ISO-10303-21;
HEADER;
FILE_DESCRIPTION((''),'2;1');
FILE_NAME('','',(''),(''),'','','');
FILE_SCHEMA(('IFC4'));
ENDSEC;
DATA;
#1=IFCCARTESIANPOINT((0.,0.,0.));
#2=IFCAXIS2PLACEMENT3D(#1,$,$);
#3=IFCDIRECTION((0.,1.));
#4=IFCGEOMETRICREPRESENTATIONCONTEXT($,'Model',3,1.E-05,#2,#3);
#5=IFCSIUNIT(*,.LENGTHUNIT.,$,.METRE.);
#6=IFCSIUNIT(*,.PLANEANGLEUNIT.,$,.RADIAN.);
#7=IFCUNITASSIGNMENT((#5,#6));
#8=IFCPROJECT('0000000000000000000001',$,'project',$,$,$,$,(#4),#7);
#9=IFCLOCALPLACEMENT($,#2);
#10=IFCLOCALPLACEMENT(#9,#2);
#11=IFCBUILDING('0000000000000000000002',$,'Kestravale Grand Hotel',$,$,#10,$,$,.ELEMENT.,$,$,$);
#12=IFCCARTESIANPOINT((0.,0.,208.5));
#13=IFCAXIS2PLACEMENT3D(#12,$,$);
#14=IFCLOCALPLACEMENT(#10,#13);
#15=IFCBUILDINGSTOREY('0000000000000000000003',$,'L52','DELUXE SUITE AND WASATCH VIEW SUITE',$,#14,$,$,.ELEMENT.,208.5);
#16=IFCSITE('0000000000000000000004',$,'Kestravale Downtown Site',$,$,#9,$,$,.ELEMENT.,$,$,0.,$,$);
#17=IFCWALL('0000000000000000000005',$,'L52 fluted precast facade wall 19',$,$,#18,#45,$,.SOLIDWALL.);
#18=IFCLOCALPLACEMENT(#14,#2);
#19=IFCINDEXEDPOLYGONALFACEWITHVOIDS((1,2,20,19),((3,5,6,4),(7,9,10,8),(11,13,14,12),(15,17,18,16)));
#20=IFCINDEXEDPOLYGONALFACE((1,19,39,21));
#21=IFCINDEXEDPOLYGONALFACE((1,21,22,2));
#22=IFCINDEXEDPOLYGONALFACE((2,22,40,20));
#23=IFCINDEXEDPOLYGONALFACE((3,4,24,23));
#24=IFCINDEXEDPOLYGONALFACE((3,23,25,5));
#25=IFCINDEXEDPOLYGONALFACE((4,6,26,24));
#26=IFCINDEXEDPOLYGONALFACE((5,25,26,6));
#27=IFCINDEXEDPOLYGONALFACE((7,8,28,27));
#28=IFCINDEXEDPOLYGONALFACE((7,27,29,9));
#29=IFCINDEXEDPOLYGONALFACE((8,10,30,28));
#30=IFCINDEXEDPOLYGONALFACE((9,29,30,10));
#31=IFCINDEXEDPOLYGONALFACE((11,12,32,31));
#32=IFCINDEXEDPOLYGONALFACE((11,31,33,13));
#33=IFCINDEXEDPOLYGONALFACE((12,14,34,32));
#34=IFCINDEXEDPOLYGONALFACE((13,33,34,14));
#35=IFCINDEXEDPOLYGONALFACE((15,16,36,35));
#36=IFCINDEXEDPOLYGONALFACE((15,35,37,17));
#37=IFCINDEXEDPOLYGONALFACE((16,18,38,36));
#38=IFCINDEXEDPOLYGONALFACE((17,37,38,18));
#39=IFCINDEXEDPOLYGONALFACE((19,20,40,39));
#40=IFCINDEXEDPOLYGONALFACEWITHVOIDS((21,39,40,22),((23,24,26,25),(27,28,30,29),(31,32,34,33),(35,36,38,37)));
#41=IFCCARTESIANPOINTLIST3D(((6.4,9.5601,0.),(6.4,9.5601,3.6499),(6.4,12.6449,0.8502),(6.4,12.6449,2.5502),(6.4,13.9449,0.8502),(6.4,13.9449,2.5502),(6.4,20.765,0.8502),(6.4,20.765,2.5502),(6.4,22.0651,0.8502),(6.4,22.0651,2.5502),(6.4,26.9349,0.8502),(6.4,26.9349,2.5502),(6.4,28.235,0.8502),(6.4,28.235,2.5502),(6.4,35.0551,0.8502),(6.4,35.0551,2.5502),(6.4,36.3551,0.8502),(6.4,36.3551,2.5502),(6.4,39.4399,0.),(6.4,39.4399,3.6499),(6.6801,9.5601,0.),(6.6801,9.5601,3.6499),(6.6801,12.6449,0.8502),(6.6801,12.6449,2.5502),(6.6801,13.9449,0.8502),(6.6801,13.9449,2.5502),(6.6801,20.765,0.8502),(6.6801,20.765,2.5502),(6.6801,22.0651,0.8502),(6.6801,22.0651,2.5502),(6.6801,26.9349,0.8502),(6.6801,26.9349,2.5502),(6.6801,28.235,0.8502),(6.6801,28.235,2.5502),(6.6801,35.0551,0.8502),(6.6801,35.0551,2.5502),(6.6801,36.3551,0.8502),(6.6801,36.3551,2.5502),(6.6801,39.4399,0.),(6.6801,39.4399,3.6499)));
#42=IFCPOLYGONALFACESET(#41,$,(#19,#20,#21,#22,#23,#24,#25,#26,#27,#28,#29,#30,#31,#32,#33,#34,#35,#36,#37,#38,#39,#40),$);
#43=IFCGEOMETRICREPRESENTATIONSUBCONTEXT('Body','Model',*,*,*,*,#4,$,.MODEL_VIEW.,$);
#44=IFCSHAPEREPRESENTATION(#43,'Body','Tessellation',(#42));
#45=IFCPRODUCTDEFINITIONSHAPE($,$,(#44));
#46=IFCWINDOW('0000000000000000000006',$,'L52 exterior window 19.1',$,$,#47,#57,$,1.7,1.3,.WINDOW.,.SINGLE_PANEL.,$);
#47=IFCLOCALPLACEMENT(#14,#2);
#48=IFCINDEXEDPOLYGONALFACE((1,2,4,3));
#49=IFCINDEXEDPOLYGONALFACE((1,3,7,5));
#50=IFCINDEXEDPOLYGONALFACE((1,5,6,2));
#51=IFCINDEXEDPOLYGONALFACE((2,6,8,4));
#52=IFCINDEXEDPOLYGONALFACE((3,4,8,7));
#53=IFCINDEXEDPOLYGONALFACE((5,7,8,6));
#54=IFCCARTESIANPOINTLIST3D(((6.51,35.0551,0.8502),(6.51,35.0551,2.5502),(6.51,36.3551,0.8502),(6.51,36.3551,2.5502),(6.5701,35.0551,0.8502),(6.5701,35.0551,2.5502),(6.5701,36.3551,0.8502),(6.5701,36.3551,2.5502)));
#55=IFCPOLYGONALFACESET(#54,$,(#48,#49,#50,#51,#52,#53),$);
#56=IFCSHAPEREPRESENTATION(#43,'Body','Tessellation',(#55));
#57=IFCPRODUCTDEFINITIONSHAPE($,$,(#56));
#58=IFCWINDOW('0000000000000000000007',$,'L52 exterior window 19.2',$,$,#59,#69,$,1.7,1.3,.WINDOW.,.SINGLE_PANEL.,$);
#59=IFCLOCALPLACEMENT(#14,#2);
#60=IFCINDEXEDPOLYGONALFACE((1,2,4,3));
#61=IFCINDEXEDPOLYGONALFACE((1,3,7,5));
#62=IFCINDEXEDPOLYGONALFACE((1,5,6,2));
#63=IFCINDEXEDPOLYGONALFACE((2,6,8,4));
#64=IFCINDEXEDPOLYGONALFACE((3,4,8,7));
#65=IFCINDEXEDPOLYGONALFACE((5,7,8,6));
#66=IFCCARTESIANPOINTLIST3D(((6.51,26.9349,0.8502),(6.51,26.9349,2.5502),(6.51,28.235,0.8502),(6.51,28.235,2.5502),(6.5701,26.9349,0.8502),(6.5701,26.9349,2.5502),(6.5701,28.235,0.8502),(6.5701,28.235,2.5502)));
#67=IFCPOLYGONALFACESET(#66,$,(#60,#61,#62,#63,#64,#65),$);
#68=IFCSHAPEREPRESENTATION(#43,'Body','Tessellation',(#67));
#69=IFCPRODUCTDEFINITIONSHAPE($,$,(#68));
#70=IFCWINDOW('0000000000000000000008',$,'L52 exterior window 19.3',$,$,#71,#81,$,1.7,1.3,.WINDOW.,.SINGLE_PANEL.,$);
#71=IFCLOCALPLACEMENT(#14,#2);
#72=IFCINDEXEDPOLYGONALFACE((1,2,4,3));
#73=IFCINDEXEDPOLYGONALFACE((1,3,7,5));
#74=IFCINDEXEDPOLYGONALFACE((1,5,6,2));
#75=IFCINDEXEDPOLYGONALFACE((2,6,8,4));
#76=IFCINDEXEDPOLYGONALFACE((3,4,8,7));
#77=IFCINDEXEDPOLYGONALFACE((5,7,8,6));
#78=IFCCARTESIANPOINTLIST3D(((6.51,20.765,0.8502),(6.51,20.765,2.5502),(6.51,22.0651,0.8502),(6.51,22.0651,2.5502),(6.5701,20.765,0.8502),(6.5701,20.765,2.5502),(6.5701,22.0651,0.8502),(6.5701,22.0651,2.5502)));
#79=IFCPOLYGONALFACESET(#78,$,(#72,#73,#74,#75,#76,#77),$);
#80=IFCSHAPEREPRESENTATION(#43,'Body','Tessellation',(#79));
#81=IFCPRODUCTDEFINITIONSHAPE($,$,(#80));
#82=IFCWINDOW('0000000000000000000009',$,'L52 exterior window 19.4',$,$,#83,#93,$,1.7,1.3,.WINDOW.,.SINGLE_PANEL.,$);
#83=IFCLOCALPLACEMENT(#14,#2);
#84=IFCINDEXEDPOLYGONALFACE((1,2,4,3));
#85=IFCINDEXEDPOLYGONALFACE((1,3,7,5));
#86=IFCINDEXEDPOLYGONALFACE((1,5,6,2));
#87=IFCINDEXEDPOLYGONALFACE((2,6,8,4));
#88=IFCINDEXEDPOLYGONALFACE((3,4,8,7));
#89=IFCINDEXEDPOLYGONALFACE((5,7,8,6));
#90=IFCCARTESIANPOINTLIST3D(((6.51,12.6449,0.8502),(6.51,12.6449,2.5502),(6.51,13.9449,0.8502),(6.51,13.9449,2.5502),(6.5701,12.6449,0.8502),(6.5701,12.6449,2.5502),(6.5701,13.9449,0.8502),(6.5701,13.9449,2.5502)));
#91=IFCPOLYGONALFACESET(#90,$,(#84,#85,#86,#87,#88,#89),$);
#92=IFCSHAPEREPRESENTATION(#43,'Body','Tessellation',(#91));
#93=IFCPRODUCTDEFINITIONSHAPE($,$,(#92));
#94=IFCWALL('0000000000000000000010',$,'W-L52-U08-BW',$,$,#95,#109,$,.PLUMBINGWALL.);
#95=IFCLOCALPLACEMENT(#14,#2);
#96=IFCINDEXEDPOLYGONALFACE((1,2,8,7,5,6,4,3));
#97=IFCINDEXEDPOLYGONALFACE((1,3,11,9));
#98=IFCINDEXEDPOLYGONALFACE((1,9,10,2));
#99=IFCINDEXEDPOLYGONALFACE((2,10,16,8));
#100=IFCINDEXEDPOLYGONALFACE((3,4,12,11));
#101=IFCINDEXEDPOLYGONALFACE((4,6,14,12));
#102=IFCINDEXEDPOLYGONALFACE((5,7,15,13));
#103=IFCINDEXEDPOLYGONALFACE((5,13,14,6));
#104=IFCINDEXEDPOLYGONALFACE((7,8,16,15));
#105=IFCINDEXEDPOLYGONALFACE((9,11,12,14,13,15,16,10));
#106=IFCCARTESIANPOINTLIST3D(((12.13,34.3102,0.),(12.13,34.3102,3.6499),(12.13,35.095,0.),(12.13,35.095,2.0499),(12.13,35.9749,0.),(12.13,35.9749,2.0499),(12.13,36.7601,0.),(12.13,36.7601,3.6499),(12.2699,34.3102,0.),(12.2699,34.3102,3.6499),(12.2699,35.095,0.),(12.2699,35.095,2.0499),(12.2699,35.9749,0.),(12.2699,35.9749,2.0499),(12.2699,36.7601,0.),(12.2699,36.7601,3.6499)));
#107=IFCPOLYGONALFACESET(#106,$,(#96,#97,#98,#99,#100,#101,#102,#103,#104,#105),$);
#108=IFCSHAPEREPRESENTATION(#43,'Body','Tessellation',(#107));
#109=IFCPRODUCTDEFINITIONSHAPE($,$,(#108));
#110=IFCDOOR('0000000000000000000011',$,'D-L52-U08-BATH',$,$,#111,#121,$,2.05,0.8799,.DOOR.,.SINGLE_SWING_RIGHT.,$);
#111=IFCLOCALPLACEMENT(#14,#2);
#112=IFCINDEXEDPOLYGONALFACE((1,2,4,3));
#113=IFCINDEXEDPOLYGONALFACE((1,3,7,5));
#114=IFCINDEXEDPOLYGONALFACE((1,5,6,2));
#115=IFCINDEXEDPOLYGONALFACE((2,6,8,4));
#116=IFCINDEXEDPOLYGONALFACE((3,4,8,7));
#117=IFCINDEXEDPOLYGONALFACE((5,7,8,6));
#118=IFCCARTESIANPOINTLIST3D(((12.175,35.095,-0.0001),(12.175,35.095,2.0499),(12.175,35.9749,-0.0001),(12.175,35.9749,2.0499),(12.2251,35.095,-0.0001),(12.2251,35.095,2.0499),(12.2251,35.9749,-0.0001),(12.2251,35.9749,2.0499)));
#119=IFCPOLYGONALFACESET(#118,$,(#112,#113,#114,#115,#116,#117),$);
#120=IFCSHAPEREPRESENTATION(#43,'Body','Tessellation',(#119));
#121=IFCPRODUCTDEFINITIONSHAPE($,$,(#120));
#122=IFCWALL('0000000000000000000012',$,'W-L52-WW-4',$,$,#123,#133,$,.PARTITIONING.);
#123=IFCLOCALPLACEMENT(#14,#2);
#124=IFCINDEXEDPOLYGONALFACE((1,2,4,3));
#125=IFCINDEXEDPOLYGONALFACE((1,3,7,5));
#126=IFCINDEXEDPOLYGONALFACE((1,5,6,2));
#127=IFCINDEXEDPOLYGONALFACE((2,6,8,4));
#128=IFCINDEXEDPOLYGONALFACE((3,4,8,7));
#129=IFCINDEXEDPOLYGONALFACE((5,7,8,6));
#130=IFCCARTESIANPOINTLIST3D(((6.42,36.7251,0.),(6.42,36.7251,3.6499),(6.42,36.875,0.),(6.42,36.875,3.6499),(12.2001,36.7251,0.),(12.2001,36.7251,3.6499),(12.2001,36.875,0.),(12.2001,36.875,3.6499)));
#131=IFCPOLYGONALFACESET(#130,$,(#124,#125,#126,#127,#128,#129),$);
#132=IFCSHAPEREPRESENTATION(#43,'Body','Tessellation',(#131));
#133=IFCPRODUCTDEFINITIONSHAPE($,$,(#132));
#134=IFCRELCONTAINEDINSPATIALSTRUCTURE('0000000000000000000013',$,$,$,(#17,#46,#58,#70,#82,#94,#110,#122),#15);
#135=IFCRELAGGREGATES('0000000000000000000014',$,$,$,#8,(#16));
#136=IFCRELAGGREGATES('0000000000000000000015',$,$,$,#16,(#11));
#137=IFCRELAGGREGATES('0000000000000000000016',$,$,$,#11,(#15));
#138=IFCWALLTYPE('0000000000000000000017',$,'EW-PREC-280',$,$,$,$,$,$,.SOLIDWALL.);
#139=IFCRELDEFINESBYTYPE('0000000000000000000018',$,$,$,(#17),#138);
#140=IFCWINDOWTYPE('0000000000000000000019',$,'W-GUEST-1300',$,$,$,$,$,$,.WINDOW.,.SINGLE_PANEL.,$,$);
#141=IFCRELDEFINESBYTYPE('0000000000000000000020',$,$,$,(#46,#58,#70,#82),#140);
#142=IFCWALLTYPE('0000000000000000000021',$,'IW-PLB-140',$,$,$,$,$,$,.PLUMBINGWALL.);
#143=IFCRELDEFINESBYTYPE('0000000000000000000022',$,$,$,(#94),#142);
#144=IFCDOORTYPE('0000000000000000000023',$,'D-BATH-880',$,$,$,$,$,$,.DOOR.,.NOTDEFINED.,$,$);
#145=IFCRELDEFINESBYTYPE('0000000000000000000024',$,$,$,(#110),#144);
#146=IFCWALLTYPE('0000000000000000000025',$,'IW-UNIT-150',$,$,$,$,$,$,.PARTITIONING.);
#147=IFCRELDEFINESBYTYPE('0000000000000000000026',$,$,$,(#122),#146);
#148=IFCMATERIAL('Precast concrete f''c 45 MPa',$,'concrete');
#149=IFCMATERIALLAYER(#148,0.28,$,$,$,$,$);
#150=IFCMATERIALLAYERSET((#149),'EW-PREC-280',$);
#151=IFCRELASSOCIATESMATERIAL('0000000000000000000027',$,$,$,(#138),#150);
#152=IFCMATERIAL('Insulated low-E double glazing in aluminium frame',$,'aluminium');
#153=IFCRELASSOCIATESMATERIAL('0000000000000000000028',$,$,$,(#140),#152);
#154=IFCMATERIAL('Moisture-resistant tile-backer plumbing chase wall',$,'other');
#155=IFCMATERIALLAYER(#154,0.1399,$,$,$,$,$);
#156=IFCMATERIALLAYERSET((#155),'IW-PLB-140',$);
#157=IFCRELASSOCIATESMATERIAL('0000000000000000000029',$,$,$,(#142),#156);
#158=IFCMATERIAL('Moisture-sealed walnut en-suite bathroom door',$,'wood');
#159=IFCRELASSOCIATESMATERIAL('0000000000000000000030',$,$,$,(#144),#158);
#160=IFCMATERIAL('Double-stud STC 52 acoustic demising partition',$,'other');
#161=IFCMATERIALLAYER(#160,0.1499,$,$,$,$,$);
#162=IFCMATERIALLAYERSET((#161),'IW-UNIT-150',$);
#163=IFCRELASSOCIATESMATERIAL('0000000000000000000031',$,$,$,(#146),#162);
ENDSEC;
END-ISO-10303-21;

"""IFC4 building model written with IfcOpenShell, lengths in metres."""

from ifc_helpers import new_model, si_unit, direction, frame, frame_2d, origin, place, context, subcontext, project, spatial, rectangle, extrude, material, layer, layer_set, type_object, element, fill, save


model = new_model("IFC4")

# Units and contexts
model_context = context("Model", 3, precision=1e-05, world=origin(), true_north=direction((0.0, 1.0)))
body_context = subcontext(model_context, "Body", "Model", "MODEL_VIEW")
ifc_project = project(units=[si_unit("LENGTHUNIT", "METRE"), si_unit("PLANEANGLEUNIT", "RADIAN")], contexts=[model_context])

# Site, building, storey
site_placement = place(None, origin())
site = spatial("IfcSite", under=ifc_project, at=site_placement, Name="Kestravale Downtown Site", CompositionType="ELEMENT", RefElevation=0.0)
building_placement = place(site_placement, origin())
building = spatial("IfcBuilding", under=site, at=building_placement, Name="Kestravale Grand Hotel", CompositionType="ELEMENT")
storey_placement = place(building_placement, frame((0.0, 0.0, 208.5)))
storey = spatial("IfcBuildingStorey", under=building, at=storey_placement, Name="L52", Description="DELUXE SUITE AND WASATCH VIEW SUITE", CompositionType="ELEMENT", Elevation=208.5)

# Wall, openings, windows
ifc_material_1 = material(Name="Precast concrete f'c 45 MPa", Category="concrete")
ifc_layer_1 = layer(ifc_material_1, 0.28)
ifc_layer_set_1 = layer_set([ifc_layer_1], Name="EW-PREC-280")
wall_type_1 = type_object("IfcWallType", Name="EW-PREC-280", PredefinedType="SOLIDWALL", material=ifc_layer_set_1)
wall_1_placement = place(storey_placement, frame((6.54, 39.4399, 0.0), z_axis=(0.0, 0.0, 1.0), x_axis=(0.0, -1.0, 0.0)))
wall_1 = element("IfcWall", 1, at=wall_1_placement, inside=storey, type_object=wall_type_1, Name="L52 fluted precast facade wall 19", PredefinedType="SOLIDWALL", context=body_context, shape_type="SweptSolid", body=[
    extrude(rectangle(XDim=29.8799, YDim=0.28, at=frame_2d((14.9399, 0.0))), origin(), (0.0, 0.0, 1.0), 3.6499),
])
opening_1_placement = place(wall_1_placement, frame((3.085, 0.0, 0.8501)))
opening_1 = element("IfcOpeningElement", 2, at=opening_1_placement, cuts=wall_1, PredefinedType="OPENING", context=body_context, shape_type="SweptSolid", body=[
    extrude(rectangle(XDim=1.3, YDim=1.7, at=frame_2d((0.6499, 0.8501))), frame((0.0, 0.1499, 0.0), z_axis=(0.0, -1.0, 0.0), x_axis=(1.0, 0.0, 0.0)), (0.0, 0.0, 1.0), 0.3),
])
opening_2_placement = place(wall_1_placement, frame((11.2051, 0.0, 0.8501)))
opening_2 = element("IfcOpeningElement", 3, at=opening_2_placement, cuts=wall_1, PredefinedType="OPENING", context=body_context, shape_type="SweptSolid", body=[
    extrude(rectangle(XDim=1.3, YDim=1.7, at=frame_2d((0.6499, 0.8501))), frame((0.0, 0.1499, 0.0), z_axis=(0.0, -1.0, 0.0), x_axis=(1.0, 0.0, 0.0)), (0.0, 0.0, 1.0), 0.3),
])
opening_3_placement = place(wall_1_placement, frame((17.375, 0.0, 0.8501)))
opening_3 = element("IfcOpeningElement", 4, at=opening_3_placement, cuts=wall_1, PredefinedType="OPENING", context=body_context, shape_type="SweptSolid", body=[
    extrude(rectangle(XDim=1.3, YDim=1.7, at=frame_2d((0.6499, 0.8501))), frame((0.0, 0.1499, 0.0), z_axis=(0.0, -1.0, 0.0), x_axis=(1.0, 0.0, 0.0)), (0.0, 0.0, 1.0), 0.3),
])
opening_4_placement = place(wall_1_placement, frame((25.4951, 0.0, 0.8501)))
opening_4 = element("IfcOpeningElement", 5, at=opening_4_placement, cuts=wall_1, PredefinedType="OPENING", context=body_context, shape_type="SweptSolid", body=[
    extrude(rectangle(XDim=1.3, YDim=1.7, at=frame_2d((0.6499, 0.8501))), frame((0.0, 0.1499, 0.0), z_axis=(0.0, -1.0, 0.0), x_axis=(1.0, 0.0, 0.0)), (0.0, 0.0, 1.0), 0.3),
])
ifc_material_2 = material(Name="Insulated low-E double glazing in aluminium frame", Category="aluminium")
window_type = type_object("IfcWindowType", Name="W-GUEST-1300", PartitioningType="SINGLE_PANEL", PredefinedType="WINDOW", material=ifc_material_2)
window_1_placement = place(opening_1_placement, origin())
window_1 = element("IfcWindow", 6, at=window_1_placement, inside=storey, type_object=window_type, Name="L52 exterior window 19.1", OverallHeight=1.7, OverallWidth=1.3, PartitioningType="SINGLE_PANEL", PredefinedType="WINDOW", context=body_context, shape_type="SweptSolid", body=[
    extrude(rectangle(XDim=1.3, YDim=1.7, at=frame_2d((0.6499, 0.8501))), frame((0.0, 0.03, 0.0), z_axis=(0.0, -1.0, 0.0), x_axis=(1.0, 0.0, 0.0)), (0.0, 0.0, 1.0), 0.0601),
])
fill(opening_1, window_1)
window_2_placement = place(opening_2_placement, origin())
window_2 = element("IfcWindow", 7, at=window_2_placement, inside=storey, type_object=window_type, Name="L52 exterior window 19.2", OverallHeight=1.7, OverallWidth=1.3, PartitioningType="SINGLE_PANEL", PredefinedType="WINDOW", context=body_context, shape_type="SweptSolid", body=[
    extrude(rectangle(XDim=1.3, YDim=1.7, at=frame_2d((0.6499, 0.8501))), frame((0.0, 0.03, 0.0), z_axis=(0.0, -1.0, 0.0), x_axis=(1.0, 0.0, 0.0)), (0.0, 0.0, 1.0), 0.0601),
])
fill(opening_2, window_2)
window_3_placement = place(opening_3_placement, origin())
window_3 = element("IfcWindow", 8, at=window_3_placement, inside=storey, type_object=window_type, Name="L52 exterior window 19.3", OverallHeight=1.7, OverallWidth=1.3, PartitioningType="SINGLE_PANEL", PredefinedType="WINDOW", context=body_context, shape_type="SweptSolid", body=[
    extrude(rectangle(XDim=1.3, YDim=1.7, at=frame_2d((0.6499, 0.8501))), frame((0.0, 0.03, 0.0), z_axis=(0.0, -1.0, 0.0), x_axis=(1.0, 0.0, 0.0)), (0.0, 0.0, 1.0), 0.0601),
])
fill(opening_3, window_3)
window_4_placement = place(opening_4_placement, origin())
window_4 = element("IfcWindow", 9, at=window_4_placement, inside=storey, type_object=window_type, Name="L52 exterior window 19.4", OverallHeight=1.7, OverallWidth=1.3, PartitioningType="SINGLE_PANEL", PredefinedType="WINDOW", context=body_context, shape_type="SweptSolid", body=[
    extrude(rectangle(XDim=1.3, YDim=1.7, at=frame_2d((0.6499, 0.8501))), frame((0.0, 0.03, 0.0), z_axis=(0.0, -1.0, 0.0), x_axis=(1.0, 0.0, 0.0)), (0.0, 0.0, 1.0), 0.0601),
])
fill(opening_4, window_4)

# Wall, opening, door
ifc_material_3 = material(Name="Moisture-resistant tile-backer plumbing chase wall", Category="other")
ifc_layer_2 = layer(ifc_material_3, 0.1399)
ifc_layer_set_2 = layer_set([ifc_layer_2], Name="IW-PLB-140")
wall_type_2 = type_object("IfcWallType", Name="IW-PLB-140", PredefinedType="PLUMBINGWALL", material=ifc_layer_set_2)
wall_2_placement = place(storey_placement, frame((12.2, 34.3101, 0.0), z_axis=(0.0, 0.0, 1.0), x_axis=(0.0, 1.0, 0.0)))
wall_2 = element("IfcWall", 10, at=wall_2_placement, inside=storey, type_object=wall_type_2, Name="W-L52-U08-BW", PredefinedType="PLUMBINGWALL", context=body_context, shape_type="SweptSolid", body=[
    extrude(rectangle(XDim=2.45, YDim=0.1399, at=frame_2d((1.2251, 0.0))), origin(), (0.0, 0.0, 1.0), 3.6499),
])
opening_5_placement = place(wall_2_placement, frame((0.7849, 0.0, 0.0)))
opening_5 = element("IfcOpeningElement", 11, at=opening_5_placement, cuts=wall_2, PredefinedType="OPENING", context=body_context, shape_type="SweptSolid", body=[
    extrude(rectangle(XDim=0.8799, YDim=2.05, at=frame_2d((0.4399, 1.0249))), frame((0.0, 0.0798, 0.0), z_axis=(0.0, -1.0, 0.0), x_axis=(1.0, 0.0, 0.0)), (0.0, 0.0, 1.0), 0.1599),
])
ifc_material_4 = material(Name="Moisture-sealed walnut en-suite bathroom door", Category="wood")
door_type = type_object("IfcDoorType", Name="D-BATH-880", OperationType="NOTDEFINED", PredefinedType="DOOR", material=ifc_material_4)
door_placement = place(opening_5_placement, origin())
door = element("IfcDoor", 12, at=door_placement, inside=storey, type_object=door_type, Name="D-L52-U08-BATH", OperationType="SINGLE_SWING_RIGHT", OverallHeight=2.05, OverallWidth=0.8799, PredefinedType="DOOR", context=body_context, shape_type="SweptSolid", body=[
    extrude(rectangle(XDim=0.8799, YDim=2.05, at=frame_2d((0.4399, 1.0249))), frame((0.0, 0.0249, 0.0), z_axis=(0.0, -1.0, 0.0), x_axis=(1.0, 0.0, 0.0)), (0.0, 0.0, 1.0), 0.05),
])
fill(opening_5, door)

# Wall
ifc_material_5 = material(Name="Double-stud STC 52 acoustic demising partition", Category="other")
ifc_layer_3 = layer(ifc_material_5, 0.1499)
ifc_layer_set_3 = layer_set([ifc_layer_3], Name="IW-UNIT-150")
wall_type_3 = type_object("IfcWallType", Name="IW-UNIT-150", PredefinedType="PARTITIONING", material=ifc_layer_set_3)
wall_3_placement = place(storey_placement, frame((6.4199, 36.8, 0.0), z_axis=(0.0, 0.0, 1.0), x_axis=(1.0, 0.0, 0.0)))
element("IfcWall", 13, at=wall_3_placement, inside=storey, type_object=wall_type_3, Name="W-L52-WW-4", PredefinedType="PARTITIONING", context=body_context, shape_type="SweptSolid", body=[
    extrude(rectangle(XDim=5.78, YDim=0.1499, at=frame_2d((2.8901, 0.0))), origin(), (0.0, 0.0, 1.0), 3.6499),
])

save(model, "model.ifc")
